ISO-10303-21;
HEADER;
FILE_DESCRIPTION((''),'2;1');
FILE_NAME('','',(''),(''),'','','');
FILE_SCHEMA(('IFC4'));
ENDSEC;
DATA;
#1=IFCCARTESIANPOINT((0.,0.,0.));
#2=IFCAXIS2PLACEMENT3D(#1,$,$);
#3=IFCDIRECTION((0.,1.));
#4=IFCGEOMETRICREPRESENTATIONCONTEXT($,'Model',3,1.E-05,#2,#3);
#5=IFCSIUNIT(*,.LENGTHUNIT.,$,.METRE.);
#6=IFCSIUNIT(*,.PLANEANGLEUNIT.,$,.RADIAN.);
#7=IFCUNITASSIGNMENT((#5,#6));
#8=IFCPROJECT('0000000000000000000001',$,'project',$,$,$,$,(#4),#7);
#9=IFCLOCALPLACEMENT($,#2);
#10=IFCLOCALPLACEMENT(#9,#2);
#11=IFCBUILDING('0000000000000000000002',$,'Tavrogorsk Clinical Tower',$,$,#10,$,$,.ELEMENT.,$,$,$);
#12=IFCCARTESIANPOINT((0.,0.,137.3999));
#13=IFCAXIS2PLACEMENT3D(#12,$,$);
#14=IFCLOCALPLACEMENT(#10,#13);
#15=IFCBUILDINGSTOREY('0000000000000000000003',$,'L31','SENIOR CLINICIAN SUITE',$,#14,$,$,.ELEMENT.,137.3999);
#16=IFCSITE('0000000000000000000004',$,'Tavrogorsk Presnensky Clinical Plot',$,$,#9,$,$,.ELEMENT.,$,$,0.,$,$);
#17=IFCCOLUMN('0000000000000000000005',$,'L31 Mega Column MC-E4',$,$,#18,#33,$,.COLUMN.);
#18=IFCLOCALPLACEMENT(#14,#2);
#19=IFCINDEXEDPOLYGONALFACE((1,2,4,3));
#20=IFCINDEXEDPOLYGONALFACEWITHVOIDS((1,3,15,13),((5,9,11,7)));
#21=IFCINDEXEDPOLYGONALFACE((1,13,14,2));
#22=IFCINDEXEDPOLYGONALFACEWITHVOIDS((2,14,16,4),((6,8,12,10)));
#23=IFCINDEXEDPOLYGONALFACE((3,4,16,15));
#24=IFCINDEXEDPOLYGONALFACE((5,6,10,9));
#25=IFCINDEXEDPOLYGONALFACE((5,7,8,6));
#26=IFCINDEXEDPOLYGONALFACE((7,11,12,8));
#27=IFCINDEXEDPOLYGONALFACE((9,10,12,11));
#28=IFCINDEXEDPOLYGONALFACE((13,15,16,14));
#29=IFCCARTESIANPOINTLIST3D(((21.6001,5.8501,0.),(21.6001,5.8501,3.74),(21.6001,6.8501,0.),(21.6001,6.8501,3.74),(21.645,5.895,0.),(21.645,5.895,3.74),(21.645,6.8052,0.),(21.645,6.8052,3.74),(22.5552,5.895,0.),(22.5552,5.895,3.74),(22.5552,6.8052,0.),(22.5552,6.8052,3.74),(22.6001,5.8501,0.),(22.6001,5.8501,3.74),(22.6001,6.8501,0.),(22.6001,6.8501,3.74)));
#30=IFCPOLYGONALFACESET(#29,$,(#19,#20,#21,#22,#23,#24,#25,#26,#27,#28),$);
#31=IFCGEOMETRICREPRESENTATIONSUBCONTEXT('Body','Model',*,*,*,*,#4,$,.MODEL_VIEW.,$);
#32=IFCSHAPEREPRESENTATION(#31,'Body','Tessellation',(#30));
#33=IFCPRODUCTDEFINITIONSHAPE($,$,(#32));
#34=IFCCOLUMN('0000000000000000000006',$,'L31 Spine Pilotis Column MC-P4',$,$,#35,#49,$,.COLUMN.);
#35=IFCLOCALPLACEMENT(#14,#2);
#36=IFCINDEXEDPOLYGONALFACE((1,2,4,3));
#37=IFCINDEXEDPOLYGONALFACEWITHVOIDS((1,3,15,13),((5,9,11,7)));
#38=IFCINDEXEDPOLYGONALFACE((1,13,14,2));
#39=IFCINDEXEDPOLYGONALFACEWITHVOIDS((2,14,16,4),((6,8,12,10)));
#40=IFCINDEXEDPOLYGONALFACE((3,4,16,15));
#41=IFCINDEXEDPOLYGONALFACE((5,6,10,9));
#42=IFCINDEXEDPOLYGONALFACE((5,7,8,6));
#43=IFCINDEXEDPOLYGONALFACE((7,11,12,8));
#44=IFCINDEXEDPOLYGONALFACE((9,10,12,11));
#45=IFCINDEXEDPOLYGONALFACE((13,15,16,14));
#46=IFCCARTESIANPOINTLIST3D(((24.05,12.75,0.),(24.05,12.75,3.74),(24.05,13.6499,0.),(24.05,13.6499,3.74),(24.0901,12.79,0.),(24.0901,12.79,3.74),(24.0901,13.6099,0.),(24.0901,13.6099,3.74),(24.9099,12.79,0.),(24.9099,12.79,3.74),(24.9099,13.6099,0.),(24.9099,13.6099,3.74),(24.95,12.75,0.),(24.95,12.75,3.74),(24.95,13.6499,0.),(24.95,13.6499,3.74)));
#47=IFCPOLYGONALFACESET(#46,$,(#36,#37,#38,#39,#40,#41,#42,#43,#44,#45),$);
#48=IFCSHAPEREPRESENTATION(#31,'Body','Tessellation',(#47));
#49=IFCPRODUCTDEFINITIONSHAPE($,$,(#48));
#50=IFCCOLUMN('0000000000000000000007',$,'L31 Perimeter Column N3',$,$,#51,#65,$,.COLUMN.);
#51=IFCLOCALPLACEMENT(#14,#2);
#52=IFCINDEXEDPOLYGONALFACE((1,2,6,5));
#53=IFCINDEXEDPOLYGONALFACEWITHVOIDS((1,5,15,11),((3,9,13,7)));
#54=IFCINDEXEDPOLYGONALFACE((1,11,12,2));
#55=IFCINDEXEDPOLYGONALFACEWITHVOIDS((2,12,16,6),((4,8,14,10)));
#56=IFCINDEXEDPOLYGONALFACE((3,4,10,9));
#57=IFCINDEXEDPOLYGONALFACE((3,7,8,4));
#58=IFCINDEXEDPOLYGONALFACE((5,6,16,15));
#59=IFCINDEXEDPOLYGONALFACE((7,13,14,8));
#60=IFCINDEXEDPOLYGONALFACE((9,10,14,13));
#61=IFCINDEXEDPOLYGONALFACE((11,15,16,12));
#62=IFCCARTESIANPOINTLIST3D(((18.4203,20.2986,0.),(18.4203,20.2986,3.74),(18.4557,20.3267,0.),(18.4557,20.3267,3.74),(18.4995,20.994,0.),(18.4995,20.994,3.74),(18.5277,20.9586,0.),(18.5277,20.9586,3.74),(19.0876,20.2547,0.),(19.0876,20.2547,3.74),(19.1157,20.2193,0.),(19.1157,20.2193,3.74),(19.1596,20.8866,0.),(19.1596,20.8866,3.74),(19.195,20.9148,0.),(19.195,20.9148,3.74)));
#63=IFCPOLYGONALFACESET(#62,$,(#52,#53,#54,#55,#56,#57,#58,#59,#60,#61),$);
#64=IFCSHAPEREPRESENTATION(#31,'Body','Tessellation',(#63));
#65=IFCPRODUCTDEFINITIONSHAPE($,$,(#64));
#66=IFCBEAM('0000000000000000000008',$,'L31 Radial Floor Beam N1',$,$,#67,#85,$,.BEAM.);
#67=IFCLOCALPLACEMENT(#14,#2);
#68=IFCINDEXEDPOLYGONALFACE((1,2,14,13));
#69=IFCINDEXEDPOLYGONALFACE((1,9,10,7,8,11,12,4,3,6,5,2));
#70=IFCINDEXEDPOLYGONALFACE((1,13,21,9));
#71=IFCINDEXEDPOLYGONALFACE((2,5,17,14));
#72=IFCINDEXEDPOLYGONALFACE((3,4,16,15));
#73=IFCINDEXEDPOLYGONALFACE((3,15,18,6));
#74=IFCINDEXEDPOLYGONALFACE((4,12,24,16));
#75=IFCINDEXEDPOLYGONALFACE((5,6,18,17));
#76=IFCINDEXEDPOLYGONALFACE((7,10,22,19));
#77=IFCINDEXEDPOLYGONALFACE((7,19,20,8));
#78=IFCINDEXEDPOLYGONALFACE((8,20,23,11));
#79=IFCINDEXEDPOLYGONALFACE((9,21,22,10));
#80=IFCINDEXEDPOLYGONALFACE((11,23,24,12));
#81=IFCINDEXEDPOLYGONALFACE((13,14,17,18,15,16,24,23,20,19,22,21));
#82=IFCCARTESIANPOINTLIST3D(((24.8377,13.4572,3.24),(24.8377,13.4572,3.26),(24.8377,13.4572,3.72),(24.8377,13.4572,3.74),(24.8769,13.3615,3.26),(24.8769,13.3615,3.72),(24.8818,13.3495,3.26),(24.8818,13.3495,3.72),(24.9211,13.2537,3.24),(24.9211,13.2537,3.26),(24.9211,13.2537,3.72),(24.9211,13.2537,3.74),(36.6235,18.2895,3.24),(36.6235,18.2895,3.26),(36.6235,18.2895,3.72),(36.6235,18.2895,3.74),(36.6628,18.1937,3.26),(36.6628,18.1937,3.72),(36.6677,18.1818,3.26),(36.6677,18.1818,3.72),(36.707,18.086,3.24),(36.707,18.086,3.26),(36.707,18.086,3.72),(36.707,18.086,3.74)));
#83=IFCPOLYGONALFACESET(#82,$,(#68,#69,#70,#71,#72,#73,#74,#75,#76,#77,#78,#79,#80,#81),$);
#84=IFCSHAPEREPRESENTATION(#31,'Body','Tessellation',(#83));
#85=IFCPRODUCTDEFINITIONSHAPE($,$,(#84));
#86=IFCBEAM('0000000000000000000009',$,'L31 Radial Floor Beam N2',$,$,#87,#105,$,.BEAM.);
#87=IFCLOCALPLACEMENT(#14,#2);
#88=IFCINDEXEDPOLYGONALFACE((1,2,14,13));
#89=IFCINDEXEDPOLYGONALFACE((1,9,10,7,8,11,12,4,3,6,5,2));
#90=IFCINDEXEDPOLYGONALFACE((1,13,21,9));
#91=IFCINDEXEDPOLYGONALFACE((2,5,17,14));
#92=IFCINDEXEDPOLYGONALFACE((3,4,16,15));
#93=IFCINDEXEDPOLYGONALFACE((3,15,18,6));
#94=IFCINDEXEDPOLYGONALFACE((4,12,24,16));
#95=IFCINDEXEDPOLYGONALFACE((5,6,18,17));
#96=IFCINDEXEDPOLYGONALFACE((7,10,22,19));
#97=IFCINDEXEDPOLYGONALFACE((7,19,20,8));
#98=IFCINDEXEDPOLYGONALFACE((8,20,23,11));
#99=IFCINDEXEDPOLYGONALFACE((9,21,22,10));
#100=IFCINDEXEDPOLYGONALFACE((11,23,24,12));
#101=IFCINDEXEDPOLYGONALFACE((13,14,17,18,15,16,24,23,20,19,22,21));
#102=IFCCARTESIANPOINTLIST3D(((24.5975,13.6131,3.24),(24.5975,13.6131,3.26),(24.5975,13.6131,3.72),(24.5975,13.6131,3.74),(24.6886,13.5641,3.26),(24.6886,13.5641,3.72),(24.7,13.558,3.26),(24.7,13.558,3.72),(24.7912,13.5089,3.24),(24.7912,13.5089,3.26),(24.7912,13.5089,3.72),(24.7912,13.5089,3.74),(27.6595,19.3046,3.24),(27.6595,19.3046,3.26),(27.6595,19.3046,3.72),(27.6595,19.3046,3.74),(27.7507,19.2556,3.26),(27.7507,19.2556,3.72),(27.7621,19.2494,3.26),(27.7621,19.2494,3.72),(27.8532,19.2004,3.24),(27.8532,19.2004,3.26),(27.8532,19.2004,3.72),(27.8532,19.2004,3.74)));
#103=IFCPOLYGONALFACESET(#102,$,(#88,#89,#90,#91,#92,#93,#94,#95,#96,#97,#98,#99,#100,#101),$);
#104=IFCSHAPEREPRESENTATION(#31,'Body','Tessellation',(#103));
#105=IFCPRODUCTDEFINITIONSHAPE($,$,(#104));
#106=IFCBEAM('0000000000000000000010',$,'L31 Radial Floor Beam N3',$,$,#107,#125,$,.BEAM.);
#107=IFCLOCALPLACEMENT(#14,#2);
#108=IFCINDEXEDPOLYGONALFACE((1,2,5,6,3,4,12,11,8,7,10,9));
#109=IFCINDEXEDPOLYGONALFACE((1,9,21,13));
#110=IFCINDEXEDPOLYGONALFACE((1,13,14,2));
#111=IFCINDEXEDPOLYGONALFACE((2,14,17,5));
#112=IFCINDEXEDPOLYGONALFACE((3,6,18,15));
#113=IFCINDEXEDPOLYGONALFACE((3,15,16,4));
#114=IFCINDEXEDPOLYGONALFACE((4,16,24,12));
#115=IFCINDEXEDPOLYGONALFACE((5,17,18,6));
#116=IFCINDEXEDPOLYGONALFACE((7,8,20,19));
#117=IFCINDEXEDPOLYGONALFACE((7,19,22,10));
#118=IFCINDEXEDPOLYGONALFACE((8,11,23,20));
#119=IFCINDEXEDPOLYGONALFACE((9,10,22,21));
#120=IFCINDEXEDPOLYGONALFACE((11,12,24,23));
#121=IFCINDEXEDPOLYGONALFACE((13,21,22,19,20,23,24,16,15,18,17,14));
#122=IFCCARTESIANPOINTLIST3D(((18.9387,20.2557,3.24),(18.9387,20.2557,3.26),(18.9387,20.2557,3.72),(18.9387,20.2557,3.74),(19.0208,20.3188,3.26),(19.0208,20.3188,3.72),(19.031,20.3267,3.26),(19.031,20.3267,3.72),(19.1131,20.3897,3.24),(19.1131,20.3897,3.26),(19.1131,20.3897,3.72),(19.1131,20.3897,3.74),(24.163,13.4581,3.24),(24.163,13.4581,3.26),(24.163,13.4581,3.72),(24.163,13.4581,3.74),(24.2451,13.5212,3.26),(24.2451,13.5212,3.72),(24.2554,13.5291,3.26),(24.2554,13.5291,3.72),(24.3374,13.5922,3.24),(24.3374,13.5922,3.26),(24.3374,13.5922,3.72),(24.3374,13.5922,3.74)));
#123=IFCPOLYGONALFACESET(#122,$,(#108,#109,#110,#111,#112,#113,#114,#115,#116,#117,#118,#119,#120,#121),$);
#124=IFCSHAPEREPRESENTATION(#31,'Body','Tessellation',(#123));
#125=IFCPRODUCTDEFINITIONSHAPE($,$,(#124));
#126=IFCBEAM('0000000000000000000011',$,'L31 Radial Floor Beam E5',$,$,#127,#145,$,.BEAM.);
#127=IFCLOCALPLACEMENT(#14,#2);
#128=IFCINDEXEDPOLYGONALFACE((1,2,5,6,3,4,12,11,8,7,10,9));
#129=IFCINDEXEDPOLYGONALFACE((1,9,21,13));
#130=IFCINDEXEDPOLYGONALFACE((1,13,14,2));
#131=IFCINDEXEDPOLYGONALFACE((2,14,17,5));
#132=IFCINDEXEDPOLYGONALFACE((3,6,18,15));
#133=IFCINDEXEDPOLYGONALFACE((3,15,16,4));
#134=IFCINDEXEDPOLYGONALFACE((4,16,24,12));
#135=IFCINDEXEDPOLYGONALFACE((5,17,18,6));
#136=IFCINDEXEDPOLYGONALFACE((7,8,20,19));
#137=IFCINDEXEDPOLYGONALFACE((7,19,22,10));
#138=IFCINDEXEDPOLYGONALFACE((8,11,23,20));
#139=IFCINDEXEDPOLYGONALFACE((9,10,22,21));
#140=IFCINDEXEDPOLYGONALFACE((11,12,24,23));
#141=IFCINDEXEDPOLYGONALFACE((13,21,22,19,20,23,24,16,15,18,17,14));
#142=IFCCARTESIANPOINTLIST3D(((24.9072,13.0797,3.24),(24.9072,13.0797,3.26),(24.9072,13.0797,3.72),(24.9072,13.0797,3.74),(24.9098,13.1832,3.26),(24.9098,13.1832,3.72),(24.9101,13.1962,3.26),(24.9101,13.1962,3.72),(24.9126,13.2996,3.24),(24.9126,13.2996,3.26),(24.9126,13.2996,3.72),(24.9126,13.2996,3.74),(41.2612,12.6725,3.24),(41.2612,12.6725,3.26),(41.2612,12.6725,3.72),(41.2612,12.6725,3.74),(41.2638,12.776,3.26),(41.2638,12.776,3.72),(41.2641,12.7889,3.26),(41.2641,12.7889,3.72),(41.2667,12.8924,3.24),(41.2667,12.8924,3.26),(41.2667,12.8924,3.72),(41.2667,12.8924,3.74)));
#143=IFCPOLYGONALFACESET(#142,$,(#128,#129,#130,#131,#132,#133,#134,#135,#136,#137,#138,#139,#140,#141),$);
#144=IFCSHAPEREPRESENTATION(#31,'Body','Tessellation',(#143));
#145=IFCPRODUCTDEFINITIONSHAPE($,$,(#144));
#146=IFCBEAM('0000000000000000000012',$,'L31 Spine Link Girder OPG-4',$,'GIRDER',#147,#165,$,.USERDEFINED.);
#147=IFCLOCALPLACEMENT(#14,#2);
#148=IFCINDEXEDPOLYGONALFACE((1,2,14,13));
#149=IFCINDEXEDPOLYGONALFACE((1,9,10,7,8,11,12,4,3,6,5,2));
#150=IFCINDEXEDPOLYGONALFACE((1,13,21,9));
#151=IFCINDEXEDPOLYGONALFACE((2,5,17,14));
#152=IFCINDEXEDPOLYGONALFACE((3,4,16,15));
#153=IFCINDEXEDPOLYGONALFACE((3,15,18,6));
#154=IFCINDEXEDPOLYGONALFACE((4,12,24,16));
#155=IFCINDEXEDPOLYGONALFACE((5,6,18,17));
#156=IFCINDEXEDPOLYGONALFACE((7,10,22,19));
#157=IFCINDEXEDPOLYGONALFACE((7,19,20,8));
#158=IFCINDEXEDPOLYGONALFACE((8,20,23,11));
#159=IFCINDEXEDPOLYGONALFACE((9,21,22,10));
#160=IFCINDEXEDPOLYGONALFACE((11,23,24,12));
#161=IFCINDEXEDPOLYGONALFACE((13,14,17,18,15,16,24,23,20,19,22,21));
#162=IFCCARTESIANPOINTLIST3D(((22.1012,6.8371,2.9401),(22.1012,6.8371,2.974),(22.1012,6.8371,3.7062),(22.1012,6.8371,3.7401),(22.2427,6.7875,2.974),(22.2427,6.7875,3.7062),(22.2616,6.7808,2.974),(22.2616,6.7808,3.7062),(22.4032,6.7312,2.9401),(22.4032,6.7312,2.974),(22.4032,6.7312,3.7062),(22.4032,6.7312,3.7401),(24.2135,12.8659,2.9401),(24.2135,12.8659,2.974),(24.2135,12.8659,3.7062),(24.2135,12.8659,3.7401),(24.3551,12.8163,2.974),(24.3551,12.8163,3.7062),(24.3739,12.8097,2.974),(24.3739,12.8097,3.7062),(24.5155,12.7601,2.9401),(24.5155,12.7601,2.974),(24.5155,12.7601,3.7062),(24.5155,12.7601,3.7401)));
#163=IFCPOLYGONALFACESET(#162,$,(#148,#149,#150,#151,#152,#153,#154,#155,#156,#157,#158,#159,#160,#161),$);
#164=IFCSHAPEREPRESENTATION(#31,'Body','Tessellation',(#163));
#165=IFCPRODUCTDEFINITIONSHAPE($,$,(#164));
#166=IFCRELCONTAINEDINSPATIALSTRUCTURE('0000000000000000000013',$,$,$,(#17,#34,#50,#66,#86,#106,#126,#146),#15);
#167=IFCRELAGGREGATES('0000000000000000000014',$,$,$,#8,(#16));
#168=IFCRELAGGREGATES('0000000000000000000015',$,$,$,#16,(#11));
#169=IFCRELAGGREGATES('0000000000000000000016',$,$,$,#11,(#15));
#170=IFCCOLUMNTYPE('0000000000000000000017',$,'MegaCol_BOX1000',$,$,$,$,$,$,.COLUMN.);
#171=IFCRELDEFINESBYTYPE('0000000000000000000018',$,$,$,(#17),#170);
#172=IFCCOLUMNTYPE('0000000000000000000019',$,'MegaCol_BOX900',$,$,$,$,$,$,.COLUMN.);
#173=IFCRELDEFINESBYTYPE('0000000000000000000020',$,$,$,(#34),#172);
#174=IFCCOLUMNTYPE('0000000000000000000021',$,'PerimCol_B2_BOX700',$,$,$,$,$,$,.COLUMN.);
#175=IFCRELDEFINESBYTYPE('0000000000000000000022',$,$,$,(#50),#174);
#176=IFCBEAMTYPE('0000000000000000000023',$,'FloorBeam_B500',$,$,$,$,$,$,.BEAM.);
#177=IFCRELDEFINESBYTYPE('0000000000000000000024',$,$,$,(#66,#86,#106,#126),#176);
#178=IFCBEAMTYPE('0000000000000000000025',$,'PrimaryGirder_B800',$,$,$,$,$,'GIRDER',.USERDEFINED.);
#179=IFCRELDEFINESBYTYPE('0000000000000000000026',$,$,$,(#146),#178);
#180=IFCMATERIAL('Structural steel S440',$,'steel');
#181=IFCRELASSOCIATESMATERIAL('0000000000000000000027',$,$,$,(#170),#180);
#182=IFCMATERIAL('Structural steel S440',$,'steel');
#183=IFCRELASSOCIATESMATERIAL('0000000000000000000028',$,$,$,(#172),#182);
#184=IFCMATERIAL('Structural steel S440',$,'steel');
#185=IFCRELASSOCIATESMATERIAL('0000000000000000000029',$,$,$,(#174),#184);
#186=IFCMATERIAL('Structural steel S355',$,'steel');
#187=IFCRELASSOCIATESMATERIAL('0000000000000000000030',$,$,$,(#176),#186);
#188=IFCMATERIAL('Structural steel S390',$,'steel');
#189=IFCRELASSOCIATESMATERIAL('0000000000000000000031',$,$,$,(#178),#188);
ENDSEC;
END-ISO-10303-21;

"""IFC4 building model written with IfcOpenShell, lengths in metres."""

from ifc_helpers import new_model, si_unit, direction, frame, origin, origin_2d, place, context, subcontext, project, spatial, hollow_rectangle, i_section, extrude, material, material_profile, profile_set, type_object, element, save


model = new_model("IFC4")

# Units and contexts
model_context = context("Model", 3, precision=1e-05, world=origin(), true_north=direction((0.0, 1.0)))
body_context = subcontext(model_context, "Body", "Model", "MODEL_VIEW")
ifc_project = project(units=[si_unit("LENGTHUNIT", "METRE"), si_unit("PLANEANGLEUNIT", "RADIAN")], contexts=[model_context])

# Site, building, storey
site_placement = place(None, origin())
site = spatial("IfcSite", under=ifc_project, at=site_placement, Name="Tavrogorsk Presnensky Clinical Plot", CompositionType="ELEMENT", RefElevation=0.0)
building_placement = place(site_placement, origin())
building = spatial("IfcBuilding", under=site, at=building_placement, Name="Tavrogorsk Clinical Tower", CompositionType="ELEMENT")
storey_placement = place(building_placement, frame((0.0, 0.0, 137.3999)))
storey = spatial("IfcBuildingStorey", under=building, at=storey_placement, Name="L31", Description="SENIOR CLINICIAN SUITE", CompositionType="ELEMENT", Elevation=137.3999)

# Columns
ifc_material_1 = material(Name="Structural steel S440", Category="steel")
ifc_material_profile_1 = material_profile(ifc_material_1, hollow_rectangle(XDim=1.0, YDim=1.0, WallThickness=0.0449, at=origin_2d()), Name="BOX-1000x1000x45")
ifc_profile_set_1 = profile_set([ifc_material_profile_1], Name="Structural steel S440")
column_type_1 = type_object("IfcColumnType", Name="MegaCol_BOX1000", PredefinedType="COLUMN", material=ifc_profile_set_1)
column_1_placement = place(storey_placement, frame((22.1001, 6.3501, 0.0), z_axis=(0.0, 0.0, 1.0), x_axis=(1.0, 0.0, 0.0)))
element("IfcColumn", 1, at=column_1_placement, inside=storey, type_object=column_type_1, Name="L31 Mega Column MC-E4", PredefinedType="COLUMN", context=body_context, shape_type="SweptSolid", body=[
    extrude(hollow_rectangle(XDim=1.0, YDim=1.0, WallThickness=0.0449, at=origin_2d()), origin(), (0.0, 0.0, 1.0), 3.74),
])
ifc_material_2 = material(Name="Structural steel S440", Category="steel")
ifc_material_profile_2 = material_profile(ifc_material_2, hollow_rectangle(XDim=0.8999, YDim=0.8999, WallThickness=0.04, at=origin_2d()), Name="BOX-900x900x40")
ifc_profile_set_2 = profile_set([ifc_material_profile_2], Name="Structural steel S440")
column_type_2 = type_object("IfcColumnType", Name="MegaCol_BOX900", PredefinedType="COLUMN", material=ifc_profile_set_2)
column_2_placement = place(storey_placement, frame((24.5, 13.2, 0.0), z_axis=(0.0, 0.0, 1.0), x_axis=(1.0, 0.0, 0.0)))
element("IfcColumn", 2, at=column_2_placement, inside=storey, type_object=column_type_2, Name="L31 Spine Pilotis Column MC-P4", PredefinedType="COLUMN", context=body_context, shape_type="SweptSolid", body=[
    extrude(hollow_rectangle(XDim=0.8999, YDim=0.8999, WallThickness=0.04, at=origin_2d()), origin(), (0.0, 0.0, 1.0), 3.74),
])
ifc_material_3 = material(Name="Structural steel S440", Category="steel")
ifc_material_profile_3 = material_profile(ifc_material_3, hollow_rectangle(XDim=0.7, YDim=0.7, WallThickness=0.032, at=origin_2d()), Name="BOX-700x700x32")
ifc_profile_set_3 = profile_set([ifc_material_profile_3], Name="Structural steel S440")
column_type_3 = type_object("IfcColumnType", Name="PerimCol_B2_BOX700", PredefinedType="COLUMN", material=ifc_profile_set_3)
column_3_placement = place(storey_placement, frame((18.8076, 20.6067, 0.0), z_axis=(0.0, 0.0, 1.0), x_axis=(0.993572, -0.113203, 0.0)))
element("IfcColumn", 3, at=column_3_placement, inside=storey, type_object=column_type_3, Name="L31 Perimeter Column N3", PredefinedType="COLUMN", context=body_context, shape_type="SweptSolid", body=[
    extrude(hollow_rectangle(XDim=0.7, YDim=0.7, WallThickness=0.032, at=origin_2d()), origin(), (0.0, 0.0, 1.0), 3.74),
])

# Beams
ifc_material_4 = material(Name="Structural steel S355", Category="steel")
ifc_material_profile_4 = material_profile(ifc_material_4, i_section(OverallWidth=0.22, OverallDepth=0.5, WebThickness=0.0129, FlangeThickness=0.02, at=origin_2d()), Name="B-500x220x13x20")
ifc_profile_set_4 = profile_set([ifc_material_profile_4], Name="Structural steel S355")
beam_type_1 = type_object("IfcBeamType", Name="FloorBeam_B500", PredefinedType="BEAM", material=ifc_profile_set_4)
beam_1_placement = place(storey_placement, frame((24.8794, 13.3555, 3.49), z_axis=(0.92525, 0.379357, 0.0), x_axis=(-0.379357, 0.92525, 0.0)))
element("IfcBeam", 4, at=beam_1_placement, inside=storey, type_object=beam_type_1, Name="L31 Radial Floor Beam N1", PredefinedType="BEAM", context=body_context, shape_type="SweptSolid", body=[
    extrude(i_section(OverallWidth=0.22, OverallDepth=0.5, WebThickness=0.0129, FlangeThickness=0.02, at=origin_2d()), origin(), (0.0, 0.0, 1.0), 12.738),
])
beam_2_placement = place(storey_placement, frame((24.6943, 13.561, 3.49), z_axis=(0.473789, 0.880638, 0.0), x_axis=(-0.880638, 0.473789, 0.0)))
element("IfcBeam", 5, at=beam_2_placement, inside=storey, type_object=beam_type_1, Name="L31 Radial Floor Beam N2", PredefinedType="BEAM", context=body_context, shape_type="SweptSolid", body=[
    extrude(i_section(OverallWidth=0.22, OverallDepth=0.5, WebThickness=0.0129, FlangeThickness=0.02, at=origin_2d()), origin(), (0.0, 0.0, 1.0), 6.4629),
])
beam_3_placement = place(storey_placement, frame((24.2502, 13.5251, 3.49), z_axis=(-0.609376, 0.792881, 0.0), x_axis=(-0.792881, -0.609376, 0.0)))
element("IfcBeam", 6, at=beam_3_placement, inside=storey, type_object=beam_type_1, Name="L31 Radial Floor Beam N3", PredefinedType="BEAM", context=body_context, shape_type="SweptSolid", body=[
    extrude(i_section(OverallWidth=0.22, OverallDepth=0.5, WebThickness=0.0129, FlangeThickness=0.02, at=origin_2d()), origin(), (0.0, 0.0, 1.0), 8.5732),
])
beam_4_placement = place(storey_placement, frame((24.9099, 13.1897, 3.49), z_axis=(0.99969, -0.024893, 0.0), x_axis=(0.024893, 0.99969, 0.0)))
element("IfcBeam", 7, at=beam_4_placement, inside=storey, type_object=beam_type_1, Name="L31 Radial Floor Beam E5", PredefinedType="BEAM", context=body_context, shape_type="SweptSolid", body=[
    extrude(i_section(OverallWidth=0.22, OverallDepth=0.5, WebThickness=0.0129, FlangeThickness=0.02, at=origin_2d()), origin(), (0.0, 0.0, 1.0), 16.3591),
])
ifc_material_5 = material(Name="Structural steel S390", Category="steel")
ifc_material_profile_5 = material_profile(ifc_material_5, i_section(OverallWidth=0.3201, OverallDepth=0.8, WebThickness=0.02, FlangeThickness=0.0339, at=origin_2d()), Name="B-800x320x20x34")
ifc_profile_set_5 = profile_set([ifc_material_profile_5], Name="Structural steel S390")
beam_type_2 = type_object("IfcBeamType", Name="PrimaryGirder_B800", ElementType="GIRDER", PredefinedType="USERDEFINED", material=ifc_profile_set_5)
beam_5_placement = place(storey_placement, frame((24.3645, 12.813, 3.3401), z_axis=(-0.33066, -0.94375, 0.0), x_axis=(0.94375, -0.33066, 0.0)))
element("IfcBeam", 8, at=beam_5_placement, inside=storey, type_object=beam_type_2, Name="L31 Spine Link Girder OPG-4", ObjectType="GIRDER", PredefinedType="USERDEFINED", context=body_context, shape_type="SweptSolid", body=[
    extrude(i_section(OverallWidth=0.3201, OverallDepth=0.8, WebThickness=0.02, FlangeThickness=0.0339, at=origin_2d()), origin(), (0.0, 0.0, 1.0), 6.3882),
])

save(model, "model.ifc")
